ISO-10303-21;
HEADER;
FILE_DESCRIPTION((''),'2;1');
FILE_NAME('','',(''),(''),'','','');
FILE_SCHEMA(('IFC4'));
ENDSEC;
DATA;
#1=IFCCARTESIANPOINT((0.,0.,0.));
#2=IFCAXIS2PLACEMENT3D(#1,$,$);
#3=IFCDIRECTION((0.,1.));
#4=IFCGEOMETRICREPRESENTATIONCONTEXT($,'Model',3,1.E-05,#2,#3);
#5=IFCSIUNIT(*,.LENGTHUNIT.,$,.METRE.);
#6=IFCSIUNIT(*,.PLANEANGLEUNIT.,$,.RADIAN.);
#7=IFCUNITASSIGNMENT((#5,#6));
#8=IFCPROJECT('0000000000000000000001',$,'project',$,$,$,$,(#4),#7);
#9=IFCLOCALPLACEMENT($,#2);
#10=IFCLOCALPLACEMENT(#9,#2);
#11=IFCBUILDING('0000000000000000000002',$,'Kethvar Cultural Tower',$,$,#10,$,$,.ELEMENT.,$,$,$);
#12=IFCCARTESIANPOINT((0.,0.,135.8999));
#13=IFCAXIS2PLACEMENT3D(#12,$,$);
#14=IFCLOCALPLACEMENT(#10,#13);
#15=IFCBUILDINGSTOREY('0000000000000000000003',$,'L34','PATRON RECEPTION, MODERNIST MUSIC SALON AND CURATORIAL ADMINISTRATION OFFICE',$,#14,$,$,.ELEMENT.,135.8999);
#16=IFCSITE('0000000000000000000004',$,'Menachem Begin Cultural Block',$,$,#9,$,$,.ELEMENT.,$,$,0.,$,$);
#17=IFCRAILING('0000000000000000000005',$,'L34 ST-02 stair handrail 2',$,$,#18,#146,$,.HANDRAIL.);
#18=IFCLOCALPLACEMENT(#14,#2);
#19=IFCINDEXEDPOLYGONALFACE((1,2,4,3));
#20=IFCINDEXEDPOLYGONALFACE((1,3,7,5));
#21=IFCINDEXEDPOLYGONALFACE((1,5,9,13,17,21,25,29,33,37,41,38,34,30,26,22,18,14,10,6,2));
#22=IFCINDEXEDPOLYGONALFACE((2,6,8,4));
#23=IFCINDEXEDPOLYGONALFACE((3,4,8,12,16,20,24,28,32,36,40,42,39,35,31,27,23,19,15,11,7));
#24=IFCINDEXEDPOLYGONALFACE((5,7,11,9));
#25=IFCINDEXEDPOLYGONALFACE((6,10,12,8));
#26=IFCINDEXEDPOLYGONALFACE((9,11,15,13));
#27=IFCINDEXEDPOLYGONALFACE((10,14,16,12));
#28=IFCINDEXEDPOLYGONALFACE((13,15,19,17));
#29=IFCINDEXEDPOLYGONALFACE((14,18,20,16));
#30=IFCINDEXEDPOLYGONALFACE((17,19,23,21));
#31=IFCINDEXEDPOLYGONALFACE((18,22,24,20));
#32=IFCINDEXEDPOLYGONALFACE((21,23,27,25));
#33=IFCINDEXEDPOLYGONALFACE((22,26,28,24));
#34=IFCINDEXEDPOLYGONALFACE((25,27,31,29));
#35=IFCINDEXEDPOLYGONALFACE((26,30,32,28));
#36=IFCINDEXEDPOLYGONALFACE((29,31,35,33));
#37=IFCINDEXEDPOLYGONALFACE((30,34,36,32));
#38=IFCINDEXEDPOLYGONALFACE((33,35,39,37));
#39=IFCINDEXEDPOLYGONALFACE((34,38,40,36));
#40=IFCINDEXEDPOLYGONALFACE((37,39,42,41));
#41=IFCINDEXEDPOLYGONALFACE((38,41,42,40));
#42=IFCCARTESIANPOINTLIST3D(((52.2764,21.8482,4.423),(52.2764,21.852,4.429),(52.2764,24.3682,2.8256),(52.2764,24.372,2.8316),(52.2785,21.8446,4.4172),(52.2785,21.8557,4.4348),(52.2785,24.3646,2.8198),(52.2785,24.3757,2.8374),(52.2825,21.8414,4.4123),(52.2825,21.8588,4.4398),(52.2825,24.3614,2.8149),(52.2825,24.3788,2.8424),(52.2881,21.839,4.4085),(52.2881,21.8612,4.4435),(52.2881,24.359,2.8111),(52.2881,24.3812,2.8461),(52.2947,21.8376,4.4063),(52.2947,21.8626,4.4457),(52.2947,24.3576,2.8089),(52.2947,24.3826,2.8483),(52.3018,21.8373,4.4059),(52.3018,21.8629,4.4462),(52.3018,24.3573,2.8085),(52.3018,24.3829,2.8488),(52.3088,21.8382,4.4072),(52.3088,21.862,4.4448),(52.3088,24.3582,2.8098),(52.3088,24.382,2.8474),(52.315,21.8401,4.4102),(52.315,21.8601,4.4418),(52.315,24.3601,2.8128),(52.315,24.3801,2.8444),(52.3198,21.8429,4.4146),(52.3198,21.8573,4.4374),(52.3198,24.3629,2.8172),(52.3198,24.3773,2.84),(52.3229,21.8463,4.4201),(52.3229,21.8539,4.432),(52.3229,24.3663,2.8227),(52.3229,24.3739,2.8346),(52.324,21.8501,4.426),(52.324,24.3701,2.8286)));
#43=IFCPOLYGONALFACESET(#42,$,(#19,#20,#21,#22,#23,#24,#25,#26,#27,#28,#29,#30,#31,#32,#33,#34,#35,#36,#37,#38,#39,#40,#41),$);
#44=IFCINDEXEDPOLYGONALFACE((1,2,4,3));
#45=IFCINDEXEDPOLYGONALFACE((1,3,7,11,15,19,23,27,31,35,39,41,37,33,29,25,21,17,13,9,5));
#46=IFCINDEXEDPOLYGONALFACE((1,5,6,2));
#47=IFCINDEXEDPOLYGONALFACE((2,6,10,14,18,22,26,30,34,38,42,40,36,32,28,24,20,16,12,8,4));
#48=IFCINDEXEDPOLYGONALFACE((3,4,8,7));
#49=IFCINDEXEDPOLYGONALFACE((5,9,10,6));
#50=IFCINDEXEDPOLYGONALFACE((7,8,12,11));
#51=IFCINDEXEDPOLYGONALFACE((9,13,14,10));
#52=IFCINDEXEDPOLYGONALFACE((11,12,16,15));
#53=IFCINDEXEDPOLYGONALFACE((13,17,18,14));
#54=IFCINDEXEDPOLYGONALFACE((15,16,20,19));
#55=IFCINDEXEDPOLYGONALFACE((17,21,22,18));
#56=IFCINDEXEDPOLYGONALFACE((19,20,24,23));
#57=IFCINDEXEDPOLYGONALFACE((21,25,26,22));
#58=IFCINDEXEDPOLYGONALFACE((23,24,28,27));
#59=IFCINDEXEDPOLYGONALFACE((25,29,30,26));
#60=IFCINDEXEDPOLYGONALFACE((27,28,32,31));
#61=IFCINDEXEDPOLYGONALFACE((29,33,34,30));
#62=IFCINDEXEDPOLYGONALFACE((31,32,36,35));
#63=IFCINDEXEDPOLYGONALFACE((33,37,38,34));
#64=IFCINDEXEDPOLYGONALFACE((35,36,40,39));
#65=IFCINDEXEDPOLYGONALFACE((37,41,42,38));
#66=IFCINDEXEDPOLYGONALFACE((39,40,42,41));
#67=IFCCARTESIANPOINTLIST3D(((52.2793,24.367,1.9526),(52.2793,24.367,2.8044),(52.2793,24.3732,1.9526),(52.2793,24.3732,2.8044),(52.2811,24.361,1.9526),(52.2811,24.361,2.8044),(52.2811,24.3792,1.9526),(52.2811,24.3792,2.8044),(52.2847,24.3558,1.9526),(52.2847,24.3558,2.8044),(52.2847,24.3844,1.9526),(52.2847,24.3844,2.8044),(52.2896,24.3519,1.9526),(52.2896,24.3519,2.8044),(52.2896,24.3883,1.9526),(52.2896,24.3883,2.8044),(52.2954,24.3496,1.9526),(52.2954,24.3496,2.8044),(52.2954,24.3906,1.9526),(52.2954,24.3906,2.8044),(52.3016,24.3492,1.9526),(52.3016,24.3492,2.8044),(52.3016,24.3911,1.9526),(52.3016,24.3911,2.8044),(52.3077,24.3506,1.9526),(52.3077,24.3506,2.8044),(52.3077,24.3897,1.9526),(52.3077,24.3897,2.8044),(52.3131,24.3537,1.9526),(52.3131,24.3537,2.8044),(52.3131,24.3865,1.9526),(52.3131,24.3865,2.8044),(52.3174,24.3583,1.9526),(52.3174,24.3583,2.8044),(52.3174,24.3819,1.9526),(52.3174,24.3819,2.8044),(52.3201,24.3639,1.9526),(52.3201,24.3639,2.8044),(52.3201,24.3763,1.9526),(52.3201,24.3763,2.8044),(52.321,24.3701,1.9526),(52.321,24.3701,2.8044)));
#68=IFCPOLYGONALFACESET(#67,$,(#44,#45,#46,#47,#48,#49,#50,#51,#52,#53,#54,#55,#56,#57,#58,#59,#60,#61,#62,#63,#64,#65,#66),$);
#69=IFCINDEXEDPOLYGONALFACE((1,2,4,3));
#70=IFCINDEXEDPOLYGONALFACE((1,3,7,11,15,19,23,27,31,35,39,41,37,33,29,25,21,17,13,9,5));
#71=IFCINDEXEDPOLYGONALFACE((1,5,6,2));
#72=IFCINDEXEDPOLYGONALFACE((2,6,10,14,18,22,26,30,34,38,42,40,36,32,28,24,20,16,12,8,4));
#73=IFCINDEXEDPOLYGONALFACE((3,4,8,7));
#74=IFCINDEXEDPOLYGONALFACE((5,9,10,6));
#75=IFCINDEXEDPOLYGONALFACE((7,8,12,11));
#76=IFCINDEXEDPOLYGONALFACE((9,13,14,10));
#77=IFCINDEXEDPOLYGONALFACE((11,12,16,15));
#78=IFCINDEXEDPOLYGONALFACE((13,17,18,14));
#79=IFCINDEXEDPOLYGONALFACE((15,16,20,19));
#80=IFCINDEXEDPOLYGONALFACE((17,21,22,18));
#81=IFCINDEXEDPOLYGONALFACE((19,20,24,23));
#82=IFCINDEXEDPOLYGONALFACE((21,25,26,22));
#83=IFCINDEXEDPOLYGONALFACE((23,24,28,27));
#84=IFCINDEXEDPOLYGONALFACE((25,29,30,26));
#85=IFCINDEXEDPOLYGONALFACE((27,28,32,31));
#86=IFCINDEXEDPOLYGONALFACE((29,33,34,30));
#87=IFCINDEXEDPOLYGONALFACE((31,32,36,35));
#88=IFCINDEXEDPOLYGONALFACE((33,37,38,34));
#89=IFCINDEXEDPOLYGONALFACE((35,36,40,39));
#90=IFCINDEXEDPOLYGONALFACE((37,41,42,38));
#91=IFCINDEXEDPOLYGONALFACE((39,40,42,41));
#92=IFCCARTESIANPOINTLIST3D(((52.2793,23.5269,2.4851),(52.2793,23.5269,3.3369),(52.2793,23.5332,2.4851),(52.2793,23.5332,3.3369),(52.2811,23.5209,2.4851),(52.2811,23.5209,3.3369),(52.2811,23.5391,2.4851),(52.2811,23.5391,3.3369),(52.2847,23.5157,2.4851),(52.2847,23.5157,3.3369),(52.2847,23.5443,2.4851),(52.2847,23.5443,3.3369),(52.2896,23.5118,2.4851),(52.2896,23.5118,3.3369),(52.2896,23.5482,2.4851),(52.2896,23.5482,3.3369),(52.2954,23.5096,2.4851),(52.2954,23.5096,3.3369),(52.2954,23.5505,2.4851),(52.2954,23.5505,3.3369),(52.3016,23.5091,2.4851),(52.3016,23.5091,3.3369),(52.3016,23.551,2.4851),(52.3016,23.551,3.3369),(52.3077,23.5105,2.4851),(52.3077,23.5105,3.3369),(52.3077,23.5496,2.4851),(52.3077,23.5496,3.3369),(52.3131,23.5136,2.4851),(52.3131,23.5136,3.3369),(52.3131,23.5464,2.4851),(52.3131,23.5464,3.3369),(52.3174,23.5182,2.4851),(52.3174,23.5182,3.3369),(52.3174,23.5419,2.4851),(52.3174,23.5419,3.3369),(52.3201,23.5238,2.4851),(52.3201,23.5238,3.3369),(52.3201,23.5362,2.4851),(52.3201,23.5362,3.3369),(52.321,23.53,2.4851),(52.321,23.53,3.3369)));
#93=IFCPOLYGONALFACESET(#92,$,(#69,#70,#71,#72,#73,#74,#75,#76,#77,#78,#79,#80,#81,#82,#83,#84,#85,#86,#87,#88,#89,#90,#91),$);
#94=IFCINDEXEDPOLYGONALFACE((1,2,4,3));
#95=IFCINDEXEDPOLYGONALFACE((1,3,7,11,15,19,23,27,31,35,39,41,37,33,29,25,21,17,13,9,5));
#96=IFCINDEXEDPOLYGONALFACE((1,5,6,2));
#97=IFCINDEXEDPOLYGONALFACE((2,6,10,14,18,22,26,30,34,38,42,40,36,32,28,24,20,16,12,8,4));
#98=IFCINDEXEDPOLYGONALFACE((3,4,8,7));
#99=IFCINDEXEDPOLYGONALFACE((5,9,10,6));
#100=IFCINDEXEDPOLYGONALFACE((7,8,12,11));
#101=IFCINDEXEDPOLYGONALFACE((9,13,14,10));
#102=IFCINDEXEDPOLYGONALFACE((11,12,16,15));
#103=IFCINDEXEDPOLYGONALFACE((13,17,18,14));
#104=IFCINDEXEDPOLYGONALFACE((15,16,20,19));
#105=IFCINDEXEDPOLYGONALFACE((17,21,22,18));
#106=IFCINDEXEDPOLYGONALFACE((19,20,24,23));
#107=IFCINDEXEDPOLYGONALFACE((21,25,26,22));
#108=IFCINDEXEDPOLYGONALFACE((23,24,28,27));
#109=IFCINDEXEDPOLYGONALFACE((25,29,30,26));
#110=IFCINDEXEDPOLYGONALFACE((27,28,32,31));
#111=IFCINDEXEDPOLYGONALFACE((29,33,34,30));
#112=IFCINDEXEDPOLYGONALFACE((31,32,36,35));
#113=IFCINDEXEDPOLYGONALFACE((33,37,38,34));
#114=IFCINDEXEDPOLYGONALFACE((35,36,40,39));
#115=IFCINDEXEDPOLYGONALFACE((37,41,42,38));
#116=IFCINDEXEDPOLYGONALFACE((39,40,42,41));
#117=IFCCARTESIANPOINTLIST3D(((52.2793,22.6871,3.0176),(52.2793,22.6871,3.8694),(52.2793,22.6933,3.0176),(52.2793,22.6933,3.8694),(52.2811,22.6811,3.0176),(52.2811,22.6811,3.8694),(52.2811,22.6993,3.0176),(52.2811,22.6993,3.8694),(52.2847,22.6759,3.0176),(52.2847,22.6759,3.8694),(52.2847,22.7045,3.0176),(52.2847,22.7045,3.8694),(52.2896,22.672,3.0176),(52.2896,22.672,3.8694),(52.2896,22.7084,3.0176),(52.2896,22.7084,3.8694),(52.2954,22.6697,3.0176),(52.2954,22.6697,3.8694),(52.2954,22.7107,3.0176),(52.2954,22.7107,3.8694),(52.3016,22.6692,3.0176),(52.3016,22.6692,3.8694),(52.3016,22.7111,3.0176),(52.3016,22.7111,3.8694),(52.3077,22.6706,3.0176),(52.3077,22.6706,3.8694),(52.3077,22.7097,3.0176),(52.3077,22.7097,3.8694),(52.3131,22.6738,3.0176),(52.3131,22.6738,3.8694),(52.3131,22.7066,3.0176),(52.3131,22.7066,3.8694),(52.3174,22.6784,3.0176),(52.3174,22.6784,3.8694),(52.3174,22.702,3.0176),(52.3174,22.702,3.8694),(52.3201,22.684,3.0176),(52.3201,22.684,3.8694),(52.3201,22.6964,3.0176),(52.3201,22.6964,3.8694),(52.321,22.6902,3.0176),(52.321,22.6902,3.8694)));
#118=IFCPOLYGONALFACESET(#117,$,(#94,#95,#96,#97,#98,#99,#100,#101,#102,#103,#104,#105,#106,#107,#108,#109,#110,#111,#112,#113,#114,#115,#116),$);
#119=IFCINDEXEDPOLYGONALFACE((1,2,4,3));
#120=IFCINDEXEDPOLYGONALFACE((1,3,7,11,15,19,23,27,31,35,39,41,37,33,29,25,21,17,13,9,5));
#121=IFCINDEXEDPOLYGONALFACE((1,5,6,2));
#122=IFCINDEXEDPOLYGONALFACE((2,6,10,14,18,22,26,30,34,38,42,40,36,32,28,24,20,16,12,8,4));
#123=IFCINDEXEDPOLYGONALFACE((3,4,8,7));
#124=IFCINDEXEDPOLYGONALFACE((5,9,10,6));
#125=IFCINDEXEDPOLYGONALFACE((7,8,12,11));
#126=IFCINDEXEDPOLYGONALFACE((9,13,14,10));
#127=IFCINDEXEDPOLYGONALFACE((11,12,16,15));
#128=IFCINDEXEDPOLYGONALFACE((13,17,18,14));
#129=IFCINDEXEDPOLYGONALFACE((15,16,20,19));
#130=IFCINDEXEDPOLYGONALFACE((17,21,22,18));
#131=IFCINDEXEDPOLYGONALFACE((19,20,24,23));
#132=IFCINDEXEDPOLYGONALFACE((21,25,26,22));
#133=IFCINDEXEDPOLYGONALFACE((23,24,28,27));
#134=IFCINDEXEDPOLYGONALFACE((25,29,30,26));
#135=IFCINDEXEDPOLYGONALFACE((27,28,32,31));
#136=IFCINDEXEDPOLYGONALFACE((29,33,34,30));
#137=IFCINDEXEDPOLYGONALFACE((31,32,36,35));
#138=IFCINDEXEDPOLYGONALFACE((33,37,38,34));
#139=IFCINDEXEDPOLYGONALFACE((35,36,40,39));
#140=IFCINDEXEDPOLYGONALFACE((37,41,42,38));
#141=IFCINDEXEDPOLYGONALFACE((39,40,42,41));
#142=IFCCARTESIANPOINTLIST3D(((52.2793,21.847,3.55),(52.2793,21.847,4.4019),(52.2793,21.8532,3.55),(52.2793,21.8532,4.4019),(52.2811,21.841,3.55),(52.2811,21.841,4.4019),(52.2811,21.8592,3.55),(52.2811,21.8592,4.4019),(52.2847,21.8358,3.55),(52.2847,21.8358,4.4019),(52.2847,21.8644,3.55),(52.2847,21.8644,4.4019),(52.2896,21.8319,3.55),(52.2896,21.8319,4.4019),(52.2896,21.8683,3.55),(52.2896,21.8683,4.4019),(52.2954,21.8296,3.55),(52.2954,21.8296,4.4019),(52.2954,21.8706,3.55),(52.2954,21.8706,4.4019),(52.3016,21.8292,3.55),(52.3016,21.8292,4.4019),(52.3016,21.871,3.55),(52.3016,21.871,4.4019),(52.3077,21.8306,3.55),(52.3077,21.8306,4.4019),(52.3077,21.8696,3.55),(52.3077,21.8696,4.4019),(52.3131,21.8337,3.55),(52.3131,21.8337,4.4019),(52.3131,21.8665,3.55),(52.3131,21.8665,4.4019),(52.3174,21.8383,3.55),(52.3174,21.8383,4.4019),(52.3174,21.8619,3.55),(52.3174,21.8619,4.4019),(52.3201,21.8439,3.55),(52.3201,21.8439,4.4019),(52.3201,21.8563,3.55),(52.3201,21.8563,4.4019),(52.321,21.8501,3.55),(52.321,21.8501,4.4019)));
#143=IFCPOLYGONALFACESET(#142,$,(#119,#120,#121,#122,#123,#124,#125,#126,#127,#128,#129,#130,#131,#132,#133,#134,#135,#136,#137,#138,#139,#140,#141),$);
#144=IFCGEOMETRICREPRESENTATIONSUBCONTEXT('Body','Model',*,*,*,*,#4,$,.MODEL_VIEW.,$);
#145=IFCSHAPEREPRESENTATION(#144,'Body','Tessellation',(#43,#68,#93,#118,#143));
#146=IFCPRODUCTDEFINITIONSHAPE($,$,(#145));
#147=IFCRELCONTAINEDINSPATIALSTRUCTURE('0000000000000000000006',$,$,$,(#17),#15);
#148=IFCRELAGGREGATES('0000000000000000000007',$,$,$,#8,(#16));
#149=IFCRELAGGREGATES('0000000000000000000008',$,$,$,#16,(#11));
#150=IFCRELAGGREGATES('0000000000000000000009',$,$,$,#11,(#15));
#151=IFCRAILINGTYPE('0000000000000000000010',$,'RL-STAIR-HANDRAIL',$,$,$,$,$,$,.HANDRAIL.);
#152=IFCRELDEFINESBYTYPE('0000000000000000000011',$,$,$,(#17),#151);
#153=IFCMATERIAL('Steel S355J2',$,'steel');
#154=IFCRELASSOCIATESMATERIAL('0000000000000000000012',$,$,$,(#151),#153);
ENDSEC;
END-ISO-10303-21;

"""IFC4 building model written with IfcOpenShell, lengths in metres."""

from ifc_helpers import new_model, si_unit, direction, frame, origin, origin_2d, place, context, subcontext, project, spatial, circle, extrude, material, type_object, element, save


model = new_model("IFC4")

# Units and contexts
model_context = context("Model", 3, precision=1e-05, world=origin(), true_north=direction((0.0, 1.0)))
body_context = subcontext(model_context, "Body", "Model", "MODEL_VIEW")
ifc_project = project(units=[si_unit("LENGTHUNIT", "METRE"), si_unit("PLANEANGLEUNIT", "RADIAN")], contexts=[model_context])

# Site, building, storey
site_placement = place(None, origin())
site = spatial("IfcSite", under=ifc_project, at=site_placement, Name="Menachem Begin Cultural Block", CompositionType="ELEMENT", RefElevation=0.0)
building_placement = place(site_placement, origin())
building = spatial("IfcBuilding", under=site, at=building_placement, Name="Kethvar Cultural Tower", CompositionType="ELEMENT")
storey_placement = place(building_placement, frame((0.0, 0.0, 135.8999)))
storey = spatial("IfcBuildingStorey", under=building, at=storey_placement, Name="L34", Description="PATRON RECEPTION, MODERNIST MUSIC SALON AND CURATORIAL ADMINISTRATION OFFICE", CompositionType="ELEMENT", Elevation=135.8999)

# Shared definitions
ifc_material_1 = material(Name="Steel S355J2", Category="steel")

# Railing
railing_type_1 = type_object("IfcRailingType", Name="RL-STAIR-HANDRAIL", PredefinedType="HANDRAIL", material=ifc_material_1)
railing_1_placement = place(storey_placement, frame((52.3, 24.3701, 1.9526)))
element("IfcRailing", 1, at=railing_1_placement, inside=storey, type_object=railing_type_1, Name="L34 ST-02 stair handrail 2", PredefinedType="HANDRAIL", context=body_context, shape_type="SweptSolid", body=[
    extrude(circle(Radius=0.0239, at=origin_2d()), frame((0.0, 0.0, 0.876), z_axis=(0.0, -0.844607, 0.535387), x_axis=(1.0, 0.0, 0.0)), (0.0, 0.0, 1.0), 2.9836),
    extrude(circle(Radius=0.021, at=origin_2d()), origin(), (0.0, 0.0, 1.0), 0.8518),
    extrude(circle(Radius=0.021, at=origin_2d()), frame((0.0, -0.8401, 0.5325)), (0.0, 0.0, 1.0), 0.8518),
    extrude(circle(Radius=0.021, at=origin_2d()), frame((0.0, -1.6799, 1.0649)), (0.0, 0.0, 1.0), 0.8518),
    extrude(circle(Radius=0.021, at=origin_2d()), frame((0.0, -2.52, 1.5974)), (0.0, 0.0, 1.0), 0.8518),
])

save(model, "model.ifc")
